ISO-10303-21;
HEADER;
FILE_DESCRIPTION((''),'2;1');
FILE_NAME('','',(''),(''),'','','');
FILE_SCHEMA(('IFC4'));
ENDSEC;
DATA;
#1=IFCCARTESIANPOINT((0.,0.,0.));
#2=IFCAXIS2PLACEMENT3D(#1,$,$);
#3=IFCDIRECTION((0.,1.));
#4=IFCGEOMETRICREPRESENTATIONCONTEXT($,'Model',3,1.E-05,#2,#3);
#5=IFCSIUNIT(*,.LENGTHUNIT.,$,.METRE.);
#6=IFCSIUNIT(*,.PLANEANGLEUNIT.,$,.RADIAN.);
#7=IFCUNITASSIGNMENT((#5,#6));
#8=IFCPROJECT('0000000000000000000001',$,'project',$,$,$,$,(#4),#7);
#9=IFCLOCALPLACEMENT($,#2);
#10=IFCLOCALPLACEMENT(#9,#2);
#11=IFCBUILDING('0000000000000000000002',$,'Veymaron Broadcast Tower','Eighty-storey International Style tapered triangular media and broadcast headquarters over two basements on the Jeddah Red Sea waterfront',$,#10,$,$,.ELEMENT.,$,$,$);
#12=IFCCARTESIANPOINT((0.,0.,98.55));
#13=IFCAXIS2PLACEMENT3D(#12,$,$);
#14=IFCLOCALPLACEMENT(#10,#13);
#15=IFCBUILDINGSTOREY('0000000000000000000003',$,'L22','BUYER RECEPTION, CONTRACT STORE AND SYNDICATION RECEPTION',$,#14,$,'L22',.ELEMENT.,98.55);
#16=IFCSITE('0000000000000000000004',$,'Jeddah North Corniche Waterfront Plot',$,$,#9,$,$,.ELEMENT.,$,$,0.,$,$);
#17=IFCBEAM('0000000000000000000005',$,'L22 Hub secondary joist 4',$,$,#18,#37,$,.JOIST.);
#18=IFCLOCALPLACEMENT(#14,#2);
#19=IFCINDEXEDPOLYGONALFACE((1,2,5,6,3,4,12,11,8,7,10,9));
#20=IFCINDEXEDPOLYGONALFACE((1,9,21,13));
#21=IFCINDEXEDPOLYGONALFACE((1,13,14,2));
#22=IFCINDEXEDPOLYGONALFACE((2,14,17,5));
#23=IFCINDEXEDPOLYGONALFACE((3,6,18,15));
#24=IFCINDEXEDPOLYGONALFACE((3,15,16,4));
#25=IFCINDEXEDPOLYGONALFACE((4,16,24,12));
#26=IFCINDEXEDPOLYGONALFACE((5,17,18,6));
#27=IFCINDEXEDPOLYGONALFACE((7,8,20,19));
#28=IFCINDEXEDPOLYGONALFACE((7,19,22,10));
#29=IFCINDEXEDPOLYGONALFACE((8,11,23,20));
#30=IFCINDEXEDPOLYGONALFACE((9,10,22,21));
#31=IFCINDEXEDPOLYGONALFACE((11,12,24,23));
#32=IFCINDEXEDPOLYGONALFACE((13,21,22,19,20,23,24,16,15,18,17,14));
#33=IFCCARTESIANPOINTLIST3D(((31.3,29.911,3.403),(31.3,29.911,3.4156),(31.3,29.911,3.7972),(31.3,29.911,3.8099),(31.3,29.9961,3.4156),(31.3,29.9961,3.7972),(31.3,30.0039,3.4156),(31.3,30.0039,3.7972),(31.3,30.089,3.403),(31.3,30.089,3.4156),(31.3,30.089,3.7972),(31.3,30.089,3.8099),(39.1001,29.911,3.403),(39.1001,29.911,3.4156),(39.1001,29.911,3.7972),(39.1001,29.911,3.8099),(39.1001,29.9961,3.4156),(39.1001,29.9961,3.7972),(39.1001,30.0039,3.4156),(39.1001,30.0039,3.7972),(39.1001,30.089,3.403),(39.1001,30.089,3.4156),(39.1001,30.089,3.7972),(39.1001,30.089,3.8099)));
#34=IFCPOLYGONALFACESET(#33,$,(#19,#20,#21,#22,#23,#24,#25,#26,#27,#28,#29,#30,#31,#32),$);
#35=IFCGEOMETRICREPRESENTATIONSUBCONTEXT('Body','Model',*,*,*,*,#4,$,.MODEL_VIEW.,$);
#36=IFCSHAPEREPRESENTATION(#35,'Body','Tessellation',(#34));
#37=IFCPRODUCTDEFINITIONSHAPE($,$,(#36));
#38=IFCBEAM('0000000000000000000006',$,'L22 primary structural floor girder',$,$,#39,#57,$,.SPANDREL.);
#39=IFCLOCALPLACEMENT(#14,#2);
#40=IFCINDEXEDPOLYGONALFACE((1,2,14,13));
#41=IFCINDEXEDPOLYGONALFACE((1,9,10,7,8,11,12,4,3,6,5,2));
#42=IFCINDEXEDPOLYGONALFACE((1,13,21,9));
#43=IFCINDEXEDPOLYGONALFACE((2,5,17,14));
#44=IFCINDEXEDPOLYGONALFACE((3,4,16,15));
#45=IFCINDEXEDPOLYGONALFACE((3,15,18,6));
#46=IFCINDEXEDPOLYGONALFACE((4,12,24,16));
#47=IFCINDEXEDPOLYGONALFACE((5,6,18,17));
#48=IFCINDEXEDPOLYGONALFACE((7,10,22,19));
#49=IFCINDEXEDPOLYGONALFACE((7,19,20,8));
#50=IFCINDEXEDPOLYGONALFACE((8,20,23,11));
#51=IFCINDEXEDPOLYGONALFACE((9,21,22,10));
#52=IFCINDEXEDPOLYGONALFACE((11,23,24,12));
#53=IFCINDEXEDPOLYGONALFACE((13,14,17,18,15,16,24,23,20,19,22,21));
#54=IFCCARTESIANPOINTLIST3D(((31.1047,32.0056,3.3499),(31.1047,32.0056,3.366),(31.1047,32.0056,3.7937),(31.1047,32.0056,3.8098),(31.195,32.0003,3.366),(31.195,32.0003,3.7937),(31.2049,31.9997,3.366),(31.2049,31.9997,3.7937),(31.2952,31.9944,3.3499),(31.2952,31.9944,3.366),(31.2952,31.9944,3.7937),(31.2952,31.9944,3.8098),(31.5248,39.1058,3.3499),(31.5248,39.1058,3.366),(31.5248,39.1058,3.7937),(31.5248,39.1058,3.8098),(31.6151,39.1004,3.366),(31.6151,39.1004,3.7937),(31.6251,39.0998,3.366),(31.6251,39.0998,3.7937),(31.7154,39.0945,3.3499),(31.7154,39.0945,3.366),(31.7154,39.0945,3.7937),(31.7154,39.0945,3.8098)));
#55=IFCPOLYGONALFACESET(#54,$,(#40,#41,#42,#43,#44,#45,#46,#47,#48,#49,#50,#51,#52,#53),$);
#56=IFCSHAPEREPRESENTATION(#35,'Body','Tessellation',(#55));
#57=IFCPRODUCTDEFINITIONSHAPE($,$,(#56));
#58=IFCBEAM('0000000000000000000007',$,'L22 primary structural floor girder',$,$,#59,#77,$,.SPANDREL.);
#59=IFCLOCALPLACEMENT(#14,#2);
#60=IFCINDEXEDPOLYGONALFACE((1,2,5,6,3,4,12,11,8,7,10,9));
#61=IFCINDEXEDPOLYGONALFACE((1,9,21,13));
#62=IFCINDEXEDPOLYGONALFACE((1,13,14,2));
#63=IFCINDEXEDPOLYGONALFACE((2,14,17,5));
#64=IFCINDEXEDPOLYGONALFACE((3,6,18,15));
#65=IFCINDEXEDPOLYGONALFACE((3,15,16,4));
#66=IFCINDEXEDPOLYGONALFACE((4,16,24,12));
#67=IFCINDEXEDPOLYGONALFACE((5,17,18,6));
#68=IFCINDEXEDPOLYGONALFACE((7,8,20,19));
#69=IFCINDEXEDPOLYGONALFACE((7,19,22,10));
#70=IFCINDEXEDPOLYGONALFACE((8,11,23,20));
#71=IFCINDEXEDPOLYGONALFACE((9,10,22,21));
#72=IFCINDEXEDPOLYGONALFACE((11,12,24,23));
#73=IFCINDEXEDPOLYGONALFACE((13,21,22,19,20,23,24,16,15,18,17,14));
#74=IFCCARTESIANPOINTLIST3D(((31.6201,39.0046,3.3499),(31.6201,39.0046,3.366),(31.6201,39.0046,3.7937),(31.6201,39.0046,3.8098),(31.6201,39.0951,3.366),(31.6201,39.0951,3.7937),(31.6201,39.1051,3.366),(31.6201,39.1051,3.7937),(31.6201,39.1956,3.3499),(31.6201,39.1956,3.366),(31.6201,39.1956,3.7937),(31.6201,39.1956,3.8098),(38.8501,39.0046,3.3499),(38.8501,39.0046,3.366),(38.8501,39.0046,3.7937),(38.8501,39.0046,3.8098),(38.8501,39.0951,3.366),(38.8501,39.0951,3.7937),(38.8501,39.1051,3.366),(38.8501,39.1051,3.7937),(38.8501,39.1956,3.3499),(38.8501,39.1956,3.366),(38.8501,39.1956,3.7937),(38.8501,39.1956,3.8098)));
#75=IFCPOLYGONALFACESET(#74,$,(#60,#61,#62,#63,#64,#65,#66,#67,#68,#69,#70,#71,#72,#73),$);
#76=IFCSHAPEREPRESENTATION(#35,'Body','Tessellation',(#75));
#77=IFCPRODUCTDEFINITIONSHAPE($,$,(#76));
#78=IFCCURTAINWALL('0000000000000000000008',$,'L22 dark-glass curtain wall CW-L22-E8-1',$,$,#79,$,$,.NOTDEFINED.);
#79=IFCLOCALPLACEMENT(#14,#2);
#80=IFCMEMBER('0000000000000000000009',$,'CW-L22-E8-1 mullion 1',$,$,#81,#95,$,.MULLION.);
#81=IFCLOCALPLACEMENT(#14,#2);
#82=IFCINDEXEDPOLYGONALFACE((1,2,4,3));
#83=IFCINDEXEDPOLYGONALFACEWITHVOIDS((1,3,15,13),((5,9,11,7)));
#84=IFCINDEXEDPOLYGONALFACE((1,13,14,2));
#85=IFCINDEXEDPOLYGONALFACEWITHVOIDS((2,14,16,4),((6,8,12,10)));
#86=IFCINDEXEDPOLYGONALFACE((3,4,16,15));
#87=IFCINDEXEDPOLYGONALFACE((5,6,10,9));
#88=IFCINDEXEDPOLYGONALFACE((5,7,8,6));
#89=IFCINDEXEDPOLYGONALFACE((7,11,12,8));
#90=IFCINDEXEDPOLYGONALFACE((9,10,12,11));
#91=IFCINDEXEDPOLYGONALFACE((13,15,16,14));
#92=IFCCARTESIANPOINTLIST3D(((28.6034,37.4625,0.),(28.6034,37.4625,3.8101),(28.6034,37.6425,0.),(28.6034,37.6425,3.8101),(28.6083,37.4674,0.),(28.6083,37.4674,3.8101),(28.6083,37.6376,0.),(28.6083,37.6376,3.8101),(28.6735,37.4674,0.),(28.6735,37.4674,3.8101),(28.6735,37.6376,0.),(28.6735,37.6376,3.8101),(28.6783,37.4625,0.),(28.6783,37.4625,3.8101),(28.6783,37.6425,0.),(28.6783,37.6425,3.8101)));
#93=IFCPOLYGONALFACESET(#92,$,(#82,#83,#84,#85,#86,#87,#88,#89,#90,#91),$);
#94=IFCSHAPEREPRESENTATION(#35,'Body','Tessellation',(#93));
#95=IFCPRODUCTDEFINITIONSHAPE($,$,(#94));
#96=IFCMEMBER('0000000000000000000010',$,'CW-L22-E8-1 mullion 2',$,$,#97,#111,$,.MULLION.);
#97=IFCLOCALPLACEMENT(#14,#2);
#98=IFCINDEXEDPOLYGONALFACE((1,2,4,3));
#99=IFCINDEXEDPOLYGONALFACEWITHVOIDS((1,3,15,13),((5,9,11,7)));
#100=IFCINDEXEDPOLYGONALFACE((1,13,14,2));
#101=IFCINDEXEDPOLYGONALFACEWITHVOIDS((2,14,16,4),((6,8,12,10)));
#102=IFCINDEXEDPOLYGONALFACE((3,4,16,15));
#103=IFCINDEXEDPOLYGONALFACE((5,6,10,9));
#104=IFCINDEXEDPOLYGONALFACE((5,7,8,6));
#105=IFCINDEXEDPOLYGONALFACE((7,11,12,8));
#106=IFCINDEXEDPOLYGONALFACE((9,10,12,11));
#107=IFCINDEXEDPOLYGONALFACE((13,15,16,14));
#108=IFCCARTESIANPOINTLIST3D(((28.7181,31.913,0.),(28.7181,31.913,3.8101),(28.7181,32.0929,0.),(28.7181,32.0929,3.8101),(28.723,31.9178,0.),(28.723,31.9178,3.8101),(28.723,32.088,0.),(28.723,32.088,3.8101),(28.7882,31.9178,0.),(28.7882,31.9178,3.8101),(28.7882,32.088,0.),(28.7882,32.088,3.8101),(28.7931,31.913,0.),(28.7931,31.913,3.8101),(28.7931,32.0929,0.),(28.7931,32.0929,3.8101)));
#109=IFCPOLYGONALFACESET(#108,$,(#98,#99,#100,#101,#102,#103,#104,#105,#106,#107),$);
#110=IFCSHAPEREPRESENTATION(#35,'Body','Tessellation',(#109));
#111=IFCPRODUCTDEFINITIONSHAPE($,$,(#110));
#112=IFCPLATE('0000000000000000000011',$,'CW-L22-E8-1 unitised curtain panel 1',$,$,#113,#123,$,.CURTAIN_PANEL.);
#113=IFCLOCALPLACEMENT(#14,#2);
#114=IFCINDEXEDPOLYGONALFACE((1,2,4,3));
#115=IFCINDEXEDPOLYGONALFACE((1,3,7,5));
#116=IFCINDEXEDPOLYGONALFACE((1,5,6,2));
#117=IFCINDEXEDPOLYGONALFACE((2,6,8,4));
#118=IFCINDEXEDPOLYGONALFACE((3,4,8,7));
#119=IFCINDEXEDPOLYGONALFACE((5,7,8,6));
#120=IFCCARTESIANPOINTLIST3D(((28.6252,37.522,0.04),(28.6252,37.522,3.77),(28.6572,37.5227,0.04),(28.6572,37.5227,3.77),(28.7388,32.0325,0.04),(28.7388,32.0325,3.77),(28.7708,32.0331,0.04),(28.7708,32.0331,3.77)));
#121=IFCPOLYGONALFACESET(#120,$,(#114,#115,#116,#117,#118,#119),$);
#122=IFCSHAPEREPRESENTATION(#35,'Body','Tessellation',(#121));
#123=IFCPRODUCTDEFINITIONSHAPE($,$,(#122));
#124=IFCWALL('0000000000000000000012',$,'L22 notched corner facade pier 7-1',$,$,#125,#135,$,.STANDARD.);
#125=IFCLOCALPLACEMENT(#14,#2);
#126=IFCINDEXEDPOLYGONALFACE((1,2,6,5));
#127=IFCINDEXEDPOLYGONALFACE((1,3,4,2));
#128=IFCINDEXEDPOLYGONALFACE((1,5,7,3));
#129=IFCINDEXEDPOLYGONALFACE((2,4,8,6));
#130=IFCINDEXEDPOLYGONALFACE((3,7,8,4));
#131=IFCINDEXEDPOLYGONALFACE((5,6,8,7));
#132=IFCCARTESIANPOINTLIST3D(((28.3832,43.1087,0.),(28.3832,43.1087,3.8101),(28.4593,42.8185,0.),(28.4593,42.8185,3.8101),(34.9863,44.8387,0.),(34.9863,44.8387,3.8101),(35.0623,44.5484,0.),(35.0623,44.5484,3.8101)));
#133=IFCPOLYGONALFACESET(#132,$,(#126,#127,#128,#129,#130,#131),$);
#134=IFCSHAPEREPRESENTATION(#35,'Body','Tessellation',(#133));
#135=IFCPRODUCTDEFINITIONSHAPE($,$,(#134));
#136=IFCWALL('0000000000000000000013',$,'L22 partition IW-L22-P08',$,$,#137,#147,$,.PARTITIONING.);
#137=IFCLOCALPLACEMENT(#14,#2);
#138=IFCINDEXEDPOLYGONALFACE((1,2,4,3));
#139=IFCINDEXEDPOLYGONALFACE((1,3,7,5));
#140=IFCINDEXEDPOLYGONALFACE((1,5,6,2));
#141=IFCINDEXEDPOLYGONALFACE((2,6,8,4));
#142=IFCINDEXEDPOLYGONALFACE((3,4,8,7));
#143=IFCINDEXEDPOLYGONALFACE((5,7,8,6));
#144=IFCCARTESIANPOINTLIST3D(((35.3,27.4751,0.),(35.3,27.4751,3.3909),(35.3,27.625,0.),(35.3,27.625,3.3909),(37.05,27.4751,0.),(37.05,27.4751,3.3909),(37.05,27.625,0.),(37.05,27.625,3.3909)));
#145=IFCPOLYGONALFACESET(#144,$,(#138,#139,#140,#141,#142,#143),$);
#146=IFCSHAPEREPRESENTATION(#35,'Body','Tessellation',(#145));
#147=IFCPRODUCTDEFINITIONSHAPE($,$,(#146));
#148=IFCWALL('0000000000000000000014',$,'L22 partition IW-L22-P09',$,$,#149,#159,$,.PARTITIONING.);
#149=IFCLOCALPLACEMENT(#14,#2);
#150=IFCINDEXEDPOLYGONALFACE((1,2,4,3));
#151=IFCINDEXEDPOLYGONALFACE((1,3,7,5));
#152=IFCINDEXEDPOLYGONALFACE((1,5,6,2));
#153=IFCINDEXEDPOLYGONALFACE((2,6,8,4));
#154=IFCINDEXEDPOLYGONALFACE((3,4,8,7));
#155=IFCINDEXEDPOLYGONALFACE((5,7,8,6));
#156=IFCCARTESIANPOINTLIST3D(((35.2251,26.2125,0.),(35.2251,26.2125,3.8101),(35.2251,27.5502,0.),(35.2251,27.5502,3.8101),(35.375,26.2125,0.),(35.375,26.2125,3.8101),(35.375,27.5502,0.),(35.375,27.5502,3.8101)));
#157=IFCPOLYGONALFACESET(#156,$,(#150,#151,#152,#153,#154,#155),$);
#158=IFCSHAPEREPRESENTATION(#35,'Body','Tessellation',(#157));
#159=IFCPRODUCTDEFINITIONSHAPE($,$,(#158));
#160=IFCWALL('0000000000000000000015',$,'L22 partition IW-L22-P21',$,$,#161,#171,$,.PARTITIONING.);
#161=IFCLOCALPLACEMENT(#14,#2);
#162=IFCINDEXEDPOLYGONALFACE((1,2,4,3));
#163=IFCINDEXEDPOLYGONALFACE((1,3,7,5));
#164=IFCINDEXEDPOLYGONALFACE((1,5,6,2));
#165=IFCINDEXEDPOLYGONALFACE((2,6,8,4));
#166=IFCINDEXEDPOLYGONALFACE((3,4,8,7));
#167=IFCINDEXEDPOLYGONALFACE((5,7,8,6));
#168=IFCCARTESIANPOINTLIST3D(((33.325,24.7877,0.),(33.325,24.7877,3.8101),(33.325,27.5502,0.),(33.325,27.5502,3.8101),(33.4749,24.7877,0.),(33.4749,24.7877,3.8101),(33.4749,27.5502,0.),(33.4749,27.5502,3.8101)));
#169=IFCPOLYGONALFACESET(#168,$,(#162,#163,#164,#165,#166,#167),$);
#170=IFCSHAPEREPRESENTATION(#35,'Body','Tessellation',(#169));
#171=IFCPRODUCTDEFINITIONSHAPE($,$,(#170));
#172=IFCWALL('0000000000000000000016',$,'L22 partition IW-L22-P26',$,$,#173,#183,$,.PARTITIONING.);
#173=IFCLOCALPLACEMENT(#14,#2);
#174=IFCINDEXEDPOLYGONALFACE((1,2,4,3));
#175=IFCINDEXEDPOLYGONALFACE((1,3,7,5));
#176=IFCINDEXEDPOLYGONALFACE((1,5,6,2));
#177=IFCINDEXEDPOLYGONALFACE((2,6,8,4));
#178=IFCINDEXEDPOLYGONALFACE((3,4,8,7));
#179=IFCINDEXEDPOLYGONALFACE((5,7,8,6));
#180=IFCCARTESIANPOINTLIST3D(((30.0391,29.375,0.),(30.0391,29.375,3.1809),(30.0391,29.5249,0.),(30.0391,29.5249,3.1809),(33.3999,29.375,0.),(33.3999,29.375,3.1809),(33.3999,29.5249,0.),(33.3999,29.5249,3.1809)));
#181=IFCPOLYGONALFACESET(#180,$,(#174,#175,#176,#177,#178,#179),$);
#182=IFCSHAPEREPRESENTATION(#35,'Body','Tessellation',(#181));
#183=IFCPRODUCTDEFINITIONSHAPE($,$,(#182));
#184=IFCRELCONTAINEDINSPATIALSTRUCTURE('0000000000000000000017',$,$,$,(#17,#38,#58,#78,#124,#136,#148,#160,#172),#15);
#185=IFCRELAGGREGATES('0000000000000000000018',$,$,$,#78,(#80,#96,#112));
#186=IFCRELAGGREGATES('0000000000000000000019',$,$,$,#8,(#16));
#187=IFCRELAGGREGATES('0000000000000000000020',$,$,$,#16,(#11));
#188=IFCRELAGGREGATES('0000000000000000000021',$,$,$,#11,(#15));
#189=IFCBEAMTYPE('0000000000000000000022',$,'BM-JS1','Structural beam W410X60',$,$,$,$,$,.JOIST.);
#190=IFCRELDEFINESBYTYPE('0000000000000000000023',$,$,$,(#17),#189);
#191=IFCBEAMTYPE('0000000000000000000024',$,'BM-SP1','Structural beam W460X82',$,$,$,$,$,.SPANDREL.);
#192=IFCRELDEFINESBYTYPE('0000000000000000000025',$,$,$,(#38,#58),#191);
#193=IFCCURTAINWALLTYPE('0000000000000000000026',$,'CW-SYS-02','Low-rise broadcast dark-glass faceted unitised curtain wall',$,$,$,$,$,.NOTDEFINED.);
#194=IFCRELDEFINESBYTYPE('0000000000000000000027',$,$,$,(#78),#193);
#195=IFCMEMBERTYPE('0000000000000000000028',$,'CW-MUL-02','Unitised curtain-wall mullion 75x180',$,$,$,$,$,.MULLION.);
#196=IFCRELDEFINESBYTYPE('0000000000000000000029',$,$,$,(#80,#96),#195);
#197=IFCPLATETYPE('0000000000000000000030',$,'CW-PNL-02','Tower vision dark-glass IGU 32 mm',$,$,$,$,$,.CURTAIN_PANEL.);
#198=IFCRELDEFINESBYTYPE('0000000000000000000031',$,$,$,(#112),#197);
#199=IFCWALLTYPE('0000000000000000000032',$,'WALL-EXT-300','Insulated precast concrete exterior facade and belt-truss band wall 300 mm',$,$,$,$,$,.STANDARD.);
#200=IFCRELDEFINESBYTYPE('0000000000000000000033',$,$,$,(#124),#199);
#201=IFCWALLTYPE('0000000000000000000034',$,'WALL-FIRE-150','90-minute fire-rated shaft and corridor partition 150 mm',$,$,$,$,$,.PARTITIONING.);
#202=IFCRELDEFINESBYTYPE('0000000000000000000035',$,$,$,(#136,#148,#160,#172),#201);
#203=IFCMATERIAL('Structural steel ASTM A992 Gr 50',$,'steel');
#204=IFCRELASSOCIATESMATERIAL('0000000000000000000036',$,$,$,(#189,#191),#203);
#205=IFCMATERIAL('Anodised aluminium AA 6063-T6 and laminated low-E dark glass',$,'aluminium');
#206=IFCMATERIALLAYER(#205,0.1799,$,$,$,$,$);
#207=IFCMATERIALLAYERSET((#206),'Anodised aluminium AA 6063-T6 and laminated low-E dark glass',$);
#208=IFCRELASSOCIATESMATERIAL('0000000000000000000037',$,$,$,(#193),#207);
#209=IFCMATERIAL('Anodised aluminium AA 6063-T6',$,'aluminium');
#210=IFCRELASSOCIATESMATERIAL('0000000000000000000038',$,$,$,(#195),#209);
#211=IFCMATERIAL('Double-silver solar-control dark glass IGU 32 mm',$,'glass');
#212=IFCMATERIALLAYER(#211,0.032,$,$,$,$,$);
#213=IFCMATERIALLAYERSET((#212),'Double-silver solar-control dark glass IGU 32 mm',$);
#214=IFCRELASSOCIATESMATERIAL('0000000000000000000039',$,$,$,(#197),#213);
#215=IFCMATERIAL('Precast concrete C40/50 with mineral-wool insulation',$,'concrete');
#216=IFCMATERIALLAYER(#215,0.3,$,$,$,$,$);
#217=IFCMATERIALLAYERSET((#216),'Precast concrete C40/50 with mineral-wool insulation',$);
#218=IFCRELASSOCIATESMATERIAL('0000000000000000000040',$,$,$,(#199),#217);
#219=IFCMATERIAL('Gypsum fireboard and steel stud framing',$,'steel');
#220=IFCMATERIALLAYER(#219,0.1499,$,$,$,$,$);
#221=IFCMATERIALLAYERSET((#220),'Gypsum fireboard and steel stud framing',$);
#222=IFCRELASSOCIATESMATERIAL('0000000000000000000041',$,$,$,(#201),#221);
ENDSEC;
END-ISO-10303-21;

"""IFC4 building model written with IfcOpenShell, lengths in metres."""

from ifc_helpers import new_model, si_unit, direction, frame, frame_2d, origin, origin_2d, place, context, subcontext, project, spatial, rectangle, hollow_rectangle, i_section, extrude, material, layer, layer_set, material_profile, profile_set, type_object, element, aggregate, save


model = new_model("IFC4")

# Units and contexts
model_context = context("Model", 3, precision=1e-05, world=origin(), true_north=direction((0.0, 1.0)))
body_context = subcontext(model_context, "Body", "Model", "MODEL_VIEW")
ifc_project = project(units=[si_unit("LENGTHUNIT", "METRE"), si_unit("PLANEANGLEUNIT", "RADIAN")], contexts=[model_context])

# Site, building, storey
site_placement = place(None, origin())
site = spatial("IfcSite", under=ifc_project, at=site_placement, Name="Jeddah North Corniche Waterfront Plot", CompositionType="ELEMENT", RefElevation=0.0)
building_placement = place(site_placement, origin())
building = spatial("IfcBuilding", under=site, at=building_placement, Name="Veymaron Broadcast Tower", Description="Eighty-storey International Style tapered triangular media and broadcast headquarters over two basements on the Jeddah Red Sea waterfront", CompositionType="ELEMENT")
storey_placement = place(building_placement, frame((0.0, 0.0, 98.55)))
storey = spatial("IfcBuildingStorey", under=building, at=storey_placement, Name="L22", Description="BUYER RECEPTION, CONTRACT STORE AND SYNDICATION RECEPTION", LongName="L22", CompositionType="ELEMENT", Elevation=98.55)

# Beams
ifc_material_1 = material(Name="Structural steel ASTM A992 Gr 50", Category="steel")
ifc_material_profile_1 = material_profile(ifc_material_1, i_section(OverallWidth=0.178, OverallDepth=0.407, WebThickness=0.0078, FlangeThickness=0.0127, at=origin_2d()), Name="W410X60")
ifc_profile_set_1 = profile_set([ifc_material_profile_1], Name="Structural steel ASTM A992 Gr 50")
beam_type_1 = type_object("IfcBeamType", Name="BM-JS1", Description="Structural beam W410X60", PredefinedType="JOIST", material=ifc_profile_set_1)
for number, where, z_axis, x_axis, name in (
    (1, (31.3, 30.0, 3.6064), (1.0, 0.0, 0.0), (0.0, 1.0, 0.0), "L22 Hub secondary joist 4"),
):
    element("IfcBeam", number, at=place(storey_placement, frame(where, z_axis=z_axis, x_axis=x_axis)), inside=storey, type_object=beam_type_1, Name=name, PredefinedType="JOIST", context=body_context, shape_type="SweptSolid", body=[
        extrude(i_section(OverallWidth=0.178, OverallDepth=0.407, WebThickness=0.0078, FlangeThickness=0.0127, at=origin_2d()), origin(), (0.0, 0.0, 1.0), 7.8),
    ])
ifc_material_profile_2 = material_profile(ifc_material_1, i_section(OverallWidth=0.1909, OverallDepth=0.46, WebThickness=0.01, FlangeThickness=0.0161, at=origin_2d()), Name="W460X82")
ifc_profile_set_2 = profile_set([ifc_material_profile_2], Name="Structural steel ASTM A992 Gr 50")
beam_type_2 = type_object("IfcBeamType", Name="BM-SP1", Description="Structural beam W460X82", PredefinedType="SPANDREL", material=ifc_profile_set_2)
beam_1_placement = place(storey_placement, frame((31.2, 32.0, 3.5798), z_axis=(0.059074, 0.998254, 0.0), x_axis=(-0.998254, 0.059074, 0.0)))
element("IfcBeam", 2, at=beam_1_placement, inside=storey, type_object=beam_type_2, Name="L22 primary structural floor girder", PredefinedType="SPANDREL", context=body_context, shape_type="SweptSolid", body=[
    extrude(i_section(OverallWidth=0.1909, OverallDepth=0.46, WebThickness=0.01, FlangeThickness=0.0161, at=origin_2d()), origin(), (0.0, 0.0, 1.0), 7.1125),
])
beam_2_placement = place(storey_placement, frame((31.6201, 39.1001, 3.5798), z_axis=(1.0, 0.0, 0.0), x_axis=(0.0, 1.0, 0.0)))
element("IfcBeam", 3, at=beam_2_placement, inside=storey, type_object=beam_type_2, Name="L22 primary structural floor girder", PredefinedType="SPANDREL", context=body_context, shape_type="SweptSolid", body=[
    extrude(i_section(OverallWidth=0.1909, OverallDepth=0.46, WebThickness=0.01, FlangeThickness=0.0161, at=origin_2d()), origin(), (0.0, 0.0, 1.0), 7.23),
])

# Curtain wall, members, plate
ifc_material_2 = material(Name="Anodised aluminium AA 6063-T6 and laminated low-E dark glass", Category="aluminium")
ifc_layer_1 = layer(ifc_material_2, 0.1799)
ifc_layer_set_1 = layer_set([ifc_layer_1], Name="Anodised aluminium AA 6063-T6 and laminated low-E dark glass")
curtain_wall_type = type_object("IfcCurtainWallType", Name="CW-SYS-02", Description="Low-rise broadcast dark-glass faceted unitised curtain wall", PredefinedType="NOTDEFINED", material=ifc_layer_set_1)
curtain_wall_placement = place(storey_placement, origin())
curtain_wall = element("IfcCurtainWall", 4, at=curtain_wall_placement, inside=storey, type_object=curtain_wall_type, Name="L22 dark-glass curtain wall CW-L22-E8-1", PredefinedType="NOTDEFINED")
ifc_material_3 = material(Name="Anodised aluminium AA 6063-T6", Category="aluminium")
ifc_material_profile_3 = material_profile(ifc_material_3, hollow_rectangle(XDim=0.075, YDim=0.1799, WallThickness=0.0049, at=origin_2d()), Name="AL180X75X5")
ifc_profile_set_3 = profile_set([ifc_material_profile_3], Name="Anodised aluminium AA 6063-T6")
member_type = type_object("IfcMemberType", Name="CW-MUL-02", Description="Unitised curtain-wall mullion 75x180", PredefinedType="MULLION", material=ifc_profile_set_3)
member_1_placement = place(storey_placement, frame((28.6409, 37.5525, 0.0), z_axis=(0.0, 0.0, 1.0), x_axis=(1.0, 0.0, 0.0)))
member_1 = element("IfcMember", 5, at=member_1_placement, type_object=member_type, Name="CW-L22-E8-1 mullion 1", PredefinedType="MULLION", context=body_context, shape_type="SweptSolid", body=[
    extrude(hollow_rectangle(XDim=0.075, YDim=0.1799, WallThickness=0.0049, at=origin_2d()), origin(), (0.0, 0.0, 1.0), 3.8101),
])
member_2_placement = place(storey_placement, frame((28.7556, 32.0029, 0.0), z_axis=(0.0, 0.0, 1.0), x_axis=(1.0, 0.0, 0.0)))
member_2 = element("IfcMember", 6, at=member_2_placement, type_object=member_type, Name="CW-L22-E8-1 mullion 2", PredefinedType="MULLION", context=body_context, shape_type="SweptSolid", body=[
    extrude(hollow_rectangle(XDim=0.075, YDim=0.1799, WallThickness=0.0049, at=origin_2d()), origin(), (0.0, 0.0, 1.0), 3.8101),
])
ifc_material_4 = material(Name="Double-silver solar-control dark glass IGU 32 mm", Category="glass")
ifc_layer_2 = layer(ifc_material_4, 0.032)
ifc_layer_set_2 = layer_set([ifc_layer_2], Name="Double-silver solar-control dark glass IGU 32 mm")
plate_type = type_object("IfcPlateType", Name="CW-PNL-02", Description="Tower vision dark-glass IGU 32 mm", PredefinedType="CURTAIN_PANEL", material=ifc_layer_set_2)
plate_placement = place(storey_placement, frame((28.698, 34.7776, 0.04), z_axis=(0.0, 0.0, 1.0), x_axis=(0.020681, -0.999786, 0.0)))
plate = element("IfcPlate", 7, at=plate_placement, type_object=plate_type, Name="CW-L22-E8-1 unitised curtain panel 1", PredefinedType="CURTAIN_PANEL", context=body_context, shape_type="SweptSolid", body=[
    extrude(rectangle(XDim=5.4907, YDim=0.032, at=origin_2d()), origin(), (0.0, 0.0, 1.0), 3.73),
])
aggregate(curtain_wall, [member_1, member_2, plate])

# Wall
ifc_material_5 = material(Name="Precast concrete C40/50 with mineral-wool insulation", Category="concrete")
ifc_layer_3 = layer(ifc_material_5, 0.3)
ifc_layer_set_3 = layer_set([ifc_layer_3], Name="Precast concrete C40/50 with mineral-wool insulation")
wall_type_1 = type_object("IfcWallType", Name="WALL-EXT-300", Description="Insulated precast concrete exterior facade and belt-truss band wall 300 mm", PredefinedType="STANDARD", material=ifc_layer_set_3)
wall_1_placement = place(storey_placement, frame((35.0244, 44.6936, 0.0), z_axis=(0.0, 0.0, 1.0), x_axis=(-0.96735, -0.253444, 0.0)))
element("IfcWall", 8, at=wall_1_placement, inside=storey, type_object=wall_type_1, Name="L22 notched corner facade pier 7-1", PredefinedType="STANDARD", context=body_context, shape_type="SweptSolid", body=[
    extrude(rectangle(XDim=6.8259, YDim=0.3, at=frame_2d((3.4131, 0.0))), origin(), (0.0, 0.0, 1.0), 3.8101),
])

# Shared definitions
ifc_material_6 = material(Name="Gypsum fireboard and steel stud framing", Category="steel")
ifc_layer_4 = layer(ifc_material_6, 0.1499)
ifc_layer_set_4 = layer_set([ifc_layer_4], Name="Gypsum fireboard and steel stud framing")
wall_type_2 = type_object("IfcWallType", Name="WALL-FIRE-150", Description="90-minute fire-rated shaft and corridor partition 150 mm", PredefinedType="PARTITIONING", material=ifc_layer_set_4)

# Walls
wall_2_placement = place(storey_placement, frame((35.3, 27.55, 0.0), z_axis=(0.0, 0.0, 1.0), x_axis=(1.0, 0.0, 0.0)))
element("IfcWall", 9, at=wall_2_placement, inside=storey, type_object=wall_type_2, Name="L22 partition IW-L22-P08", PredefinedType="PARTITIONING", context=body_context, shape_type="SweptSolid", body=[
    extrude(rectangle(XDim=1.75, YDim=0.1499, at=frame_2d((0.875, 0.0))), origin(), (0.0, 0.0, 1.0), 3.3909),
])
wall_3_placement = place(storey_placement, frame((35.3, 26.2124, 0.0), z_axis=(0.0, 0.0, 1.0), x_axis=(0.0, 1.0, 0.0)))
element("IfcWall", 10, at=wall_3_placement, inside=storey, type_object=wall_type_2, Name="L22 partition IW-L22-P09", PredefinedType="PARTITIONING", context=body_context, shape_type="SweptSolid", body=[
    extrude(rectangle(XDim=1.3376, YDim=0.1499, at=frame_2d((0.6689, 0.0))), origin(), (0.0, 0.0, 1.0), 3.8101),
])
wall_4_placement = place(storey_placement, frame((33.3999, 24.7876, 0.0), z_axis=(0.0, 0.0, 1.0), x_axis=(0.0, 1.0, 0.0)))
element("IfcWall", 11, at=wall_4_placement, inside=storey, type_object=wall_type_2, Name="L22 partition IW-L22-P21", PredefinedType="PARTITIONING", context=body_context, shape_type="SweptSolid", body=[
    extrude(rectangle(XDim=2.7625, YDim=0.1499, at=frame_2d((1.3813, 0.0))), origin(), (0.0, 0.0, 1.0), 3.8101),
])
wall_5_placement = place(storey_placement, frame((30.0391, 29.45, 0.0), z_axis=(0.0, 0.0, 1.0), x_axis=(1.0, 0.0, 0.0)))
element("IfcWall", 12, at=wall_5_placement, inside=storey, type_object=wall_type_2, Name="L22 partition IW-L22-P26", PredefinedType="PARTITIONING", context=body_context, shape_type="SweptSolid", body=[
    extrude(rectangle(XDim=3.3608, YDim=0.1499, at=frame_2d((1.6804, 0.0))), origin(), (0.0, 0.0, 1.0), 3.1809),
])

save(model, "model.ifc")
